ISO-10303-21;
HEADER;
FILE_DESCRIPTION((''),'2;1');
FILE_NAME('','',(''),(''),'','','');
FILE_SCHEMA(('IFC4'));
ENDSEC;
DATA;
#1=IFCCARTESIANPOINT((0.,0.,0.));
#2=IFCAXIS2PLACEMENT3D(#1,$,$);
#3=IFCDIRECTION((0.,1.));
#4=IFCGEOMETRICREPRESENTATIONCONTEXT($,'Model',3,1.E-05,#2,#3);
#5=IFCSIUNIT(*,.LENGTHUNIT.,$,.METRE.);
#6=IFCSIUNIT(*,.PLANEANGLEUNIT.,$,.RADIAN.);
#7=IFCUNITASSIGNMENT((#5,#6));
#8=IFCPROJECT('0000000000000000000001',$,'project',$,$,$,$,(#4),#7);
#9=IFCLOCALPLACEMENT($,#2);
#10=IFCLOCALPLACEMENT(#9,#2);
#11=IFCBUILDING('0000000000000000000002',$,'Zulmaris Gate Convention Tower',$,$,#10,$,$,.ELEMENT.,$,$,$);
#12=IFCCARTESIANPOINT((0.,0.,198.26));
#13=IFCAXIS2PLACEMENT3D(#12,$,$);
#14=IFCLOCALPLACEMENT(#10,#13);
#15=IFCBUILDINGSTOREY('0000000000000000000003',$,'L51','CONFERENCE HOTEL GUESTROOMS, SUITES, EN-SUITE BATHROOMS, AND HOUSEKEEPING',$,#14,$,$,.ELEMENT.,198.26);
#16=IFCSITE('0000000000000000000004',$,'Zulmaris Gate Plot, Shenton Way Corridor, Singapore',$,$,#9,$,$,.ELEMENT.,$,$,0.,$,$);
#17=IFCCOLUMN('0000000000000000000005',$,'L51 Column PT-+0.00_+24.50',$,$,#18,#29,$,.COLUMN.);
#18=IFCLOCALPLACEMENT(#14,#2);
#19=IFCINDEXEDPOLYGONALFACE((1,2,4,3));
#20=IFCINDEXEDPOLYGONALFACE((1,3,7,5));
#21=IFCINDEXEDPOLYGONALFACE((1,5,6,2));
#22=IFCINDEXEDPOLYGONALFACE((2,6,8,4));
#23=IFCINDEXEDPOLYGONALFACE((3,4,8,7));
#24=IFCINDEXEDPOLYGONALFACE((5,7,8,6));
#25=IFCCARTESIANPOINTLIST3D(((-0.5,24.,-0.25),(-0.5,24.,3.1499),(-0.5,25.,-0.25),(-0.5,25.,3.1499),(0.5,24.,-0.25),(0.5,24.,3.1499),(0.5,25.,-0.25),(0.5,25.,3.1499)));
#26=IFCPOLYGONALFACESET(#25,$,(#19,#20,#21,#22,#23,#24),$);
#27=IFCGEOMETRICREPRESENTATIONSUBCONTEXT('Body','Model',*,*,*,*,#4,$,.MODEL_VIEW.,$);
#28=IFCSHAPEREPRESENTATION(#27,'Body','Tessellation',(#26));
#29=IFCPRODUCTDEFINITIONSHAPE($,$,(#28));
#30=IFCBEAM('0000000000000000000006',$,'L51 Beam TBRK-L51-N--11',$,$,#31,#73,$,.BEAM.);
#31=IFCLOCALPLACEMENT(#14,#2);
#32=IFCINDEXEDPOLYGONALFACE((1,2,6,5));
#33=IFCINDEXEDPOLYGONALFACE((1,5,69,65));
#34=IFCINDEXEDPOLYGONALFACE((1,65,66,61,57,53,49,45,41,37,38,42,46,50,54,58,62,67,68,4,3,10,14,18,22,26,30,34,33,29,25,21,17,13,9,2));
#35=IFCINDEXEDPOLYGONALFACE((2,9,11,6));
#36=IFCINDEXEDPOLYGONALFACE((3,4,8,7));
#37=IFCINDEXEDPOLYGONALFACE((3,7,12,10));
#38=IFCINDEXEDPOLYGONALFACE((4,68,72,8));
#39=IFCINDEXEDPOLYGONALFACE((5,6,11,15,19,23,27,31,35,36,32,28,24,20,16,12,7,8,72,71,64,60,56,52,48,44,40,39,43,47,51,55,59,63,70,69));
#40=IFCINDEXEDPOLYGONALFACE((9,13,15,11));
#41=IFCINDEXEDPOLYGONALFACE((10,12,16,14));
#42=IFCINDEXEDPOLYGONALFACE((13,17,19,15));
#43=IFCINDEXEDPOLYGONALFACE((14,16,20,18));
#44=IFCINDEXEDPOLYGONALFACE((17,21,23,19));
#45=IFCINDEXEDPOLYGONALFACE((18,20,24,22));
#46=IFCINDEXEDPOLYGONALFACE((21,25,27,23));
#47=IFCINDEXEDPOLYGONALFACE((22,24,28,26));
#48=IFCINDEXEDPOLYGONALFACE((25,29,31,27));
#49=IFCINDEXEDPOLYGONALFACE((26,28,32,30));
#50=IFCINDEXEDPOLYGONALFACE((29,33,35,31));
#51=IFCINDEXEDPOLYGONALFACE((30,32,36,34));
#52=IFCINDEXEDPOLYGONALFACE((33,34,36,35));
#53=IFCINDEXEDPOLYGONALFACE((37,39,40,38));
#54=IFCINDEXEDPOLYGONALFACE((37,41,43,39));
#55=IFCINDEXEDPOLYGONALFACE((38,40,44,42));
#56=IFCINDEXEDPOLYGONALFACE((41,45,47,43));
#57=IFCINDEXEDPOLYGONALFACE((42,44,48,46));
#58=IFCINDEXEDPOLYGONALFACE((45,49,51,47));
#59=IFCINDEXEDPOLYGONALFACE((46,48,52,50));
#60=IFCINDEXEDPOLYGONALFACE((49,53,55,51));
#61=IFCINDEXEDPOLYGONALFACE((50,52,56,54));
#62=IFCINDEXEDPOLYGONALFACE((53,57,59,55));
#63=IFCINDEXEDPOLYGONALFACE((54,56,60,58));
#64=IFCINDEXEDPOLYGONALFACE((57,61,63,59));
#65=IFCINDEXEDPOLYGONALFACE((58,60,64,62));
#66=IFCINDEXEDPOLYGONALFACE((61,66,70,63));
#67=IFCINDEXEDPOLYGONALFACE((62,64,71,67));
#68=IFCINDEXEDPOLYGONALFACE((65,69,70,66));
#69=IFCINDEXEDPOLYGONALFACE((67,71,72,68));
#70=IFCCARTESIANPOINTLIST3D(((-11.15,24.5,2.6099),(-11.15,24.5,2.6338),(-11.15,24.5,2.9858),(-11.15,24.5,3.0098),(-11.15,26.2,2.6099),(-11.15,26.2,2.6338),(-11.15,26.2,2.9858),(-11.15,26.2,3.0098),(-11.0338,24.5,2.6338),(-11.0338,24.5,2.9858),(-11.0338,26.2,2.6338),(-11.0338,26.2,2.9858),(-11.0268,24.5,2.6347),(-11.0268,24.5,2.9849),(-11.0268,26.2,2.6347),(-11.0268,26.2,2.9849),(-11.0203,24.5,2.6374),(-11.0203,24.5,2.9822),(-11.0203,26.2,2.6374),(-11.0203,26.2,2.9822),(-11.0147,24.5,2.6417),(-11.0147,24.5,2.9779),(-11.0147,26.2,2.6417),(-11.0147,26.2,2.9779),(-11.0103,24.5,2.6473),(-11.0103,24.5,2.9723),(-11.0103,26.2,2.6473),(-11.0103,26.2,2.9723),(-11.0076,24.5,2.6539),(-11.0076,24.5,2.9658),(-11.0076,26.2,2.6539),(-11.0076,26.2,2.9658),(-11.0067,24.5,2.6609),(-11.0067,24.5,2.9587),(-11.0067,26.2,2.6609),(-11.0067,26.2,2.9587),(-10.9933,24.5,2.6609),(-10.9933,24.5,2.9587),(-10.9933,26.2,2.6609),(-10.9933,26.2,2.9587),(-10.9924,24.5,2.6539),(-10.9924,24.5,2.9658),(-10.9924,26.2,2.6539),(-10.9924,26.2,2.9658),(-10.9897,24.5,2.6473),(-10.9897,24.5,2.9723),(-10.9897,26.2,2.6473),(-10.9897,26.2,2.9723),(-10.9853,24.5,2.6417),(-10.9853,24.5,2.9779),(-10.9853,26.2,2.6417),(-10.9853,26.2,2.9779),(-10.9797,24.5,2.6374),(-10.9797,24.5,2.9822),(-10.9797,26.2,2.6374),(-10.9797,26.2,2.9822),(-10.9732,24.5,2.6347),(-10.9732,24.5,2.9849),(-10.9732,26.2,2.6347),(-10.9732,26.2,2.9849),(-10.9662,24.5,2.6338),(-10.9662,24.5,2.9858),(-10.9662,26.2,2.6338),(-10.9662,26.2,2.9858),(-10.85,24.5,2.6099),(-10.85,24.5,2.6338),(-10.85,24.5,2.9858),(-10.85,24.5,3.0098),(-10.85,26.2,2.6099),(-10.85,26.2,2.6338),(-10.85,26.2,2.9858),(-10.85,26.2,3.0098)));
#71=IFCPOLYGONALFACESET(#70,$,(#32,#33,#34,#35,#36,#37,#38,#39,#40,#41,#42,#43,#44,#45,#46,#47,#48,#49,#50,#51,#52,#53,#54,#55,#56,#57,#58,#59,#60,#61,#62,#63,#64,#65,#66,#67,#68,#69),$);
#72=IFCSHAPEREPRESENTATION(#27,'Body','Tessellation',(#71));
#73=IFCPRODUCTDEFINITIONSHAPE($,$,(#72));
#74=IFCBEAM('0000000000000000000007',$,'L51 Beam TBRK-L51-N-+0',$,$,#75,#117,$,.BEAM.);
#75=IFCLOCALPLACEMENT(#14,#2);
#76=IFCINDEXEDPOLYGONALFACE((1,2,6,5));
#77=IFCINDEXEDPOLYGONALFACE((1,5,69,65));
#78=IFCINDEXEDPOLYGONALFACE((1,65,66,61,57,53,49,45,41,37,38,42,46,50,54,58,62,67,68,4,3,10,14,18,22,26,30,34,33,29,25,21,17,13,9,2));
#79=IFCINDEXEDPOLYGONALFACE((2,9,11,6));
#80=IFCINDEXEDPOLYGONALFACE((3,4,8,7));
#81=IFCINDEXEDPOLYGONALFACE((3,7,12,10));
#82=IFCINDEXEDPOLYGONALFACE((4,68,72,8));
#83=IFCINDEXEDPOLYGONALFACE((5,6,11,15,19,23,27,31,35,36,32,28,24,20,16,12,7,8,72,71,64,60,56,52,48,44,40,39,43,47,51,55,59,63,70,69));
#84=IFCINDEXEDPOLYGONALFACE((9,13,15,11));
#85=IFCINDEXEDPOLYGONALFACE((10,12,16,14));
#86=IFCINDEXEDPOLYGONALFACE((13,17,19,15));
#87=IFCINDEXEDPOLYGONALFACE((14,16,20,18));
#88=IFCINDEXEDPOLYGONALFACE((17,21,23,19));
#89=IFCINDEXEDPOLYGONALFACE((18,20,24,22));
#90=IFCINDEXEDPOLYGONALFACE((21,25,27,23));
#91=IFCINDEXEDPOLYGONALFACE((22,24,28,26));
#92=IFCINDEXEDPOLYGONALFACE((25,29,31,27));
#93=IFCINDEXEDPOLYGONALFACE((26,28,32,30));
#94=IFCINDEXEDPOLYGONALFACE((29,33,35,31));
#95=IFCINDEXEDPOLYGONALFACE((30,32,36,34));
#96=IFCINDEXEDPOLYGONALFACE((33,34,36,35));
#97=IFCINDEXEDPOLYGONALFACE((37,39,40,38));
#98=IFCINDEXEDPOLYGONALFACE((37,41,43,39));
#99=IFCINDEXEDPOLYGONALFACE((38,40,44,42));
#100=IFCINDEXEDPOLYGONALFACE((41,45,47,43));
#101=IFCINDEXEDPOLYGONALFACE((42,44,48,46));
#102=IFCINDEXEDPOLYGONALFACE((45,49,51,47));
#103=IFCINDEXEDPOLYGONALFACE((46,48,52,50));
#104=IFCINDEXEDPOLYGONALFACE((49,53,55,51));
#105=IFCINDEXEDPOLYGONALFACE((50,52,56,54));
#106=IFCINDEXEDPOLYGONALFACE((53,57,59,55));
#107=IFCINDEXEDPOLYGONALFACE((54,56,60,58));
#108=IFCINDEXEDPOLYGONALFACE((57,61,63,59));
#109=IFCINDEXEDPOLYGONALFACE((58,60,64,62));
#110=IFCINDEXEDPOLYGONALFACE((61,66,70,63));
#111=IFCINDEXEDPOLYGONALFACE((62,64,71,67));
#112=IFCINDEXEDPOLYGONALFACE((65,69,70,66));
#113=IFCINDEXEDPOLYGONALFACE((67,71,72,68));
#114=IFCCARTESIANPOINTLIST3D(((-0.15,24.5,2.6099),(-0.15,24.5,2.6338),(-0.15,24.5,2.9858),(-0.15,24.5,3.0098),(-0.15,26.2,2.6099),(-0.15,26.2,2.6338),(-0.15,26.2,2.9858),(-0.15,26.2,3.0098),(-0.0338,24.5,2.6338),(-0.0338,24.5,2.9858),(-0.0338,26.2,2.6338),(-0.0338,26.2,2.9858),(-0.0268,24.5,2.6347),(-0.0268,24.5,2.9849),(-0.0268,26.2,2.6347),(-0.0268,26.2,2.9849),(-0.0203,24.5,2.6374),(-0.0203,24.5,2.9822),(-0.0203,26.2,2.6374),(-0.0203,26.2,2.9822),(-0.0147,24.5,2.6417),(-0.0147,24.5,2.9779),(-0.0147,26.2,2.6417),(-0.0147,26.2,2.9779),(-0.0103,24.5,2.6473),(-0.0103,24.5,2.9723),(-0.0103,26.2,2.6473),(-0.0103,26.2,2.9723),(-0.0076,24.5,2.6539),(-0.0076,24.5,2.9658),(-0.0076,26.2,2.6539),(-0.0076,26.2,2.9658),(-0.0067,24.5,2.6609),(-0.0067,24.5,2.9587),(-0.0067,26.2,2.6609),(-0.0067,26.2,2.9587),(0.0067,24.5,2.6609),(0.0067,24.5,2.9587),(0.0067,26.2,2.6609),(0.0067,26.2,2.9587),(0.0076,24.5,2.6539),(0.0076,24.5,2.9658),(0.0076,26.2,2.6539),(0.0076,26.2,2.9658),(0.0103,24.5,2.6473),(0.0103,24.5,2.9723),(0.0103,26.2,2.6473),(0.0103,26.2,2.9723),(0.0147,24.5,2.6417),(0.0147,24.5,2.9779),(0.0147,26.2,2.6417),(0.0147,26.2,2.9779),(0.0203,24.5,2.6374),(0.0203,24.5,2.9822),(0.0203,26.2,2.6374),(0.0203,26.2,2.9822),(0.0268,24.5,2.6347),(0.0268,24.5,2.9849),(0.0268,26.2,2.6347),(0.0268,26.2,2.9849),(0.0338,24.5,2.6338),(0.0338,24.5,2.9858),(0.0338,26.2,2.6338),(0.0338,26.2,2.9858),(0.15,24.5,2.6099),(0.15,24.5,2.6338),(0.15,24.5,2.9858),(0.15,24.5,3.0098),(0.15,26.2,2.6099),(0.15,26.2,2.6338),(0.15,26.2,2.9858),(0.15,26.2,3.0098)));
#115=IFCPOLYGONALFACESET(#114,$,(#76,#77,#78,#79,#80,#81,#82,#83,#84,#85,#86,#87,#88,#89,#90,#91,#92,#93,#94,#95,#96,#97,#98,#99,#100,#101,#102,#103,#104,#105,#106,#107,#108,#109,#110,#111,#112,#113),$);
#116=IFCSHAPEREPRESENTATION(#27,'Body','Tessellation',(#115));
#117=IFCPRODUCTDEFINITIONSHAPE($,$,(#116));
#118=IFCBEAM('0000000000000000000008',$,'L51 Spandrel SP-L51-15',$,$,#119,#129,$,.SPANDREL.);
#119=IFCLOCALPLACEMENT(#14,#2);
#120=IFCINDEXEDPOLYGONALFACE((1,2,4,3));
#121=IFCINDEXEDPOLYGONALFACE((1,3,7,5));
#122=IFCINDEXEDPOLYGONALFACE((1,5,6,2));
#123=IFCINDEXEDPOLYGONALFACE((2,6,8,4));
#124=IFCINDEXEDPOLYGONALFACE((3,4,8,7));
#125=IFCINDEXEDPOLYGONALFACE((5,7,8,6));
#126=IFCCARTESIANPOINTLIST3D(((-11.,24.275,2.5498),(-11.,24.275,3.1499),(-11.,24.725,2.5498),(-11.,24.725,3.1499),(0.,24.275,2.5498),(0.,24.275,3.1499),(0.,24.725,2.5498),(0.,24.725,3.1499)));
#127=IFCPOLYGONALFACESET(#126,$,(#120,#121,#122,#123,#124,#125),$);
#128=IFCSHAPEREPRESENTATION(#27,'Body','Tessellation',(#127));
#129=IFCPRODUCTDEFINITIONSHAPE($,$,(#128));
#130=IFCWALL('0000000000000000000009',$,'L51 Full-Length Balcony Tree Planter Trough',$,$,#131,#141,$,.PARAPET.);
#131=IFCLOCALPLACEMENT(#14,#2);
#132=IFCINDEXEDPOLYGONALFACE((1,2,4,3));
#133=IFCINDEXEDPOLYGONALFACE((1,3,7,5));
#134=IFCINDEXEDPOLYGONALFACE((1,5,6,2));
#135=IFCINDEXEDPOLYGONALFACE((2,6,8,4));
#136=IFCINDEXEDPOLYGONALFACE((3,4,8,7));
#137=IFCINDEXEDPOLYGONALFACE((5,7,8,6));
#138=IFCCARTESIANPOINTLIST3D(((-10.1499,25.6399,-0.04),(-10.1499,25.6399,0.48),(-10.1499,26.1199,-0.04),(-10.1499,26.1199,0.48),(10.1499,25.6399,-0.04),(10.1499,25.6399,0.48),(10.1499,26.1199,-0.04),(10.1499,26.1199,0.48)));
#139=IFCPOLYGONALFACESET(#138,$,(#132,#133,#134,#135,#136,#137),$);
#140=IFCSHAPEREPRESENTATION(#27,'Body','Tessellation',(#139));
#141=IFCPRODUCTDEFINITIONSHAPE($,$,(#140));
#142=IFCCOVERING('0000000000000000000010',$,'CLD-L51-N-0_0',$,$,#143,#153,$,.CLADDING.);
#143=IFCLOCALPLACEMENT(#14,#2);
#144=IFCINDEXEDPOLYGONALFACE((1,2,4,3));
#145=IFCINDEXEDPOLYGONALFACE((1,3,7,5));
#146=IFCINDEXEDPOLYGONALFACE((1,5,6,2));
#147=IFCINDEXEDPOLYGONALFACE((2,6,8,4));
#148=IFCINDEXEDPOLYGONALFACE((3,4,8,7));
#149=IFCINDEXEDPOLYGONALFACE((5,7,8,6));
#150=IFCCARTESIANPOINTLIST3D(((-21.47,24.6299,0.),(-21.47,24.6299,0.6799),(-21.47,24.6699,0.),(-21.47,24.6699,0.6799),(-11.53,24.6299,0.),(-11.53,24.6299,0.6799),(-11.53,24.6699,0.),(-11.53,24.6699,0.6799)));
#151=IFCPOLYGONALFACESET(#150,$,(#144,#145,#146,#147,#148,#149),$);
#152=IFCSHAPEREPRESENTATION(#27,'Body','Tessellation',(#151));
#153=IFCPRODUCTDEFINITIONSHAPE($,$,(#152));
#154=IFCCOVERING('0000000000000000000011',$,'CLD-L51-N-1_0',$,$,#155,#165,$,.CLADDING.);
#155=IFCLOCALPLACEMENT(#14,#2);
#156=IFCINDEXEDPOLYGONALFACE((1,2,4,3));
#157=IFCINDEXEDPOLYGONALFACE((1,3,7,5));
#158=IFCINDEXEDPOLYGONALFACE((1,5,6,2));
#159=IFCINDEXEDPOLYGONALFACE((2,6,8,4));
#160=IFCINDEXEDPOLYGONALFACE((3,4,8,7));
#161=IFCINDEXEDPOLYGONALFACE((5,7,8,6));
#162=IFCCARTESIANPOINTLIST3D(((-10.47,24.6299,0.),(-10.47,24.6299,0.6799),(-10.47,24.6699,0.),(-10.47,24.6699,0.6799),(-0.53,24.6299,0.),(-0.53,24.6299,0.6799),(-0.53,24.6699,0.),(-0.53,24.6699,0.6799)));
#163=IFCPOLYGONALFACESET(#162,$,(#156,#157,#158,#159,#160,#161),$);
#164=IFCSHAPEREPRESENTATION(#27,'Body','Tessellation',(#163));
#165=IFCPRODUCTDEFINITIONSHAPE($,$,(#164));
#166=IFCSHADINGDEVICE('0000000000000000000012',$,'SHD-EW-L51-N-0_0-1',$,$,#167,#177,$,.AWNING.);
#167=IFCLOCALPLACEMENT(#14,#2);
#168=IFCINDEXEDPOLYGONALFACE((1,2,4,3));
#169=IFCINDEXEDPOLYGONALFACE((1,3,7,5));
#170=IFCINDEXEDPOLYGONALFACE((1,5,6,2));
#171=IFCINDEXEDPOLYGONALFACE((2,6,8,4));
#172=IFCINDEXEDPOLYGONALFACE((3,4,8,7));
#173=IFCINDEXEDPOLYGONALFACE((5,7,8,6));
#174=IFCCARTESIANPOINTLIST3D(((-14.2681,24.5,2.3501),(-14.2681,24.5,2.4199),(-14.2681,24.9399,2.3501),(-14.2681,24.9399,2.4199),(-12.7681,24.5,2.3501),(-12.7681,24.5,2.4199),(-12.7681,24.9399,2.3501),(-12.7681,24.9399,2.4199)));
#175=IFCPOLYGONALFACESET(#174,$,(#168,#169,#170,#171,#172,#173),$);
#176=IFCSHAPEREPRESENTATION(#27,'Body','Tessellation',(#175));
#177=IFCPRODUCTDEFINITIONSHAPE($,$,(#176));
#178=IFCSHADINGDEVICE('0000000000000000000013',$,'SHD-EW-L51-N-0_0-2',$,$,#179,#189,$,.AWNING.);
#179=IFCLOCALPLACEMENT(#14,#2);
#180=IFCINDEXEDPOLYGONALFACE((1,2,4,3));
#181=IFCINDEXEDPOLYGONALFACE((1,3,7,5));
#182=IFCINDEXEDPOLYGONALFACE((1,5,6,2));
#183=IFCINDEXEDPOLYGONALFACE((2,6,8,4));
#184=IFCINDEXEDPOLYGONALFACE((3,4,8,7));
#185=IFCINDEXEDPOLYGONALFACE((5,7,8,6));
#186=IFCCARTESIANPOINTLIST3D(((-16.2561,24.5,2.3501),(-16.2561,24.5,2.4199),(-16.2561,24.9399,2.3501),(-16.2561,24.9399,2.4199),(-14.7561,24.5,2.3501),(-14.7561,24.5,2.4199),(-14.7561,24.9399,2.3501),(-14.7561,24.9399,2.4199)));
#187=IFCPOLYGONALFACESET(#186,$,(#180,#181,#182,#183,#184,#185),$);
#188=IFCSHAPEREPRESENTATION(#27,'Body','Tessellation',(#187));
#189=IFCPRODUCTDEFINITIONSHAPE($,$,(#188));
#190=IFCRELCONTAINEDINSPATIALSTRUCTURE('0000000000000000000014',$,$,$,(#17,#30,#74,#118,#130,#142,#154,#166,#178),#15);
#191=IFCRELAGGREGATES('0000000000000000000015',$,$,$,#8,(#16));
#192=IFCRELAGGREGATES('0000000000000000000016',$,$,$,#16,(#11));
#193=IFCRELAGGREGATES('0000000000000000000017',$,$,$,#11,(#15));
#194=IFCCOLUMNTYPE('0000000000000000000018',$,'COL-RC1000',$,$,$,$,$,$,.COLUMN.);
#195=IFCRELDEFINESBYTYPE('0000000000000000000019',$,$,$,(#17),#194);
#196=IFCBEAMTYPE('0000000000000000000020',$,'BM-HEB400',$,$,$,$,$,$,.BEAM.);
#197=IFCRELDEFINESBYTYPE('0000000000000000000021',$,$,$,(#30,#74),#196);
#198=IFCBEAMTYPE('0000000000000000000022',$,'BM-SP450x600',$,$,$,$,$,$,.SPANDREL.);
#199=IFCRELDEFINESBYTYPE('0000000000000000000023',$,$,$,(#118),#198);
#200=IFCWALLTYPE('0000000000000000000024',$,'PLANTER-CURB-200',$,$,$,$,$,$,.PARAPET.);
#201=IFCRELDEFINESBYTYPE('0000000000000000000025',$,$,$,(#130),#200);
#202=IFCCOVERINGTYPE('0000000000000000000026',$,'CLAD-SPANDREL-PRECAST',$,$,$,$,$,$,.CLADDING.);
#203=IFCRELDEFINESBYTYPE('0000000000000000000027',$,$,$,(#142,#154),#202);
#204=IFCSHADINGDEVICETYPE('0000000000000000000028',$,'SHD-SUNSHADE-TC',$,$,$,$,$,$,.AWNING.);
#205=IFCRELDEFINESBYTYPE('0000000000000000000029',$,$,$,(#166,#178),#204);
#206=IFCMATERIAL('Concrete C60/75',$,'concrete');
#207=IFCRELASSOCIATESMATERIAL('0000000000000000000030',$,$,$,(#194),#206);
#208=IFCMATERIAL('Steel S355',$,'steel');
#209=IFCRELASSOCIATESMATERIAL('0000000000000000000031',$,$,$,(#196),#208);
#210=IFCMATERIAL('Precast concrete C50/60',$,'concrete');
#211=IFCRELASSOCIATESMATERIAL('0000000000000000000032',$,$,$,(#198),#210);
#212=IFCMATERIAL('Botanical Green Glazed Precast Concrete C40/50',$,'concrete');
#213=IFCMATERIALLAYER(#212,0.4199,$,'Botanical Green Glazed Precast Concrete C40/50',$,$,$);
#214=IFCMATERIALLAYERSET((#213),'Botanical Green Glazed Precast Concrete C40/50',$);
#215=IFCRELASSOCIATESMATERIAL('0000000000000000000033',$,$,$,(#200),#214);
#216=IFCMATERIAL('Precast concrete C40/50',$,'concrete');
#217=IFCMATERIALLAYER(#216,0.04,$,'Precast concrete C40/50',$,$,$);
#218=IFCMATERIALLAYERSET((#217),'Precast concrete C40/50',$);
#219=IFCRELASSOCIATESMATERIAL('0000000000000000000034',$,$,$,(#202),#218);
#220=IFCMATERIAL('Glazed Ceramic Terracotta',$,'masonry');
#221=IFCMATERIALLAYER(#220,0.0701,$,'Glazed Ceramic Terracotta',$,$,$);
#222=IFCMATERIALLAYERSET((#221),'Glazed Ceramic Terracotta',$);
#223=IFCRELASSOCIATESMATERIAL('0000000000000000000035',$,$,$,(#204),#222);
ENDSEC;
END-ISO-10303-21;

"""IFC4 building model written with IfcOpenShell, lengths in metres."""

from ifc_helpers import new_model, si_unit, direction, frame, frame_2d, origin, origin_2d, place, context, subcontext, project, spatial, rectangle, i_section, extrude, material, layer, layer_set, material_profile, profile_set, type_object, element, save


model = new_model("IFC4")

# Units and contexts
model_context = context("Model", 3, precision=1e-05, world=origin(), true_north=direction((0.0, 1.0)))
body_context = subcontext(model_context, "Body", "Model", "MODEL_VIEW")
ifc_project = project(units=[si_unit("LENGTHUNIT", "METRE"), si_unit("PLANEANGLEUNIT", "RADIAN")], contexts=[model_context])

# Site, building, storey
site_placement = place(None, origin())
site = spatial("IfcSite", under=ifc_project, at=site_placement, Name="Zulmaris Gate Plot, Shenton Way Corridor, Singapore", CompositionType="ELEMENT", RefElevation=0.0)
building_placement = place(site_placement, origin())
building = spatial("IfcBuilding", under=site, at=building_placement, Name="Zulmaris Gate Convention Tower", CompositionType="ELEMENT")
storey_placement = place(building_placement, frame((0.0, 0.0, 198.26)))
storey = spatial("IfcBuildingStorey", under=building, at=storey_placement, Name="L51", Description="CONFERENCE HOTEL GUESTROOMS, SUITES, EN-SUITE BATHROOMS, AND HOUSEKEEPING", CompositionType="ELEMENT", Elevation=198.26)

# Column
ifc_material_1 = material(Name="Concrete C60/75", Category="concrete")
ifc_material_profile_1 = material_profile(ifc_material_1, rectangle(XDim=1.0, YDim=1.0, at=origin_2d()), Name="RC COL 1000x1000")
ifc_profile_set_1 = profile_set([ifc_material_profile_1], Name="Concrete C60/75")
column_type = type_object("IfcColumnType", Name="COL-RC1000", PredefinedType="COLUMN", material=ifc_profile_set_1)
column_placement = place(storey_placement, frame((0.0, 24.5, -0.25), z_axis=(0.0, 0.0, 1.0), x_axis=(1.0, 0.0, 0.0)))
element("IfcColumn", 1, at=column_placement, inside=storey, type_object=column_type, Name="L51 Column PT-+0.00_+24.50", PredefinedType="COLUMN", context=body_context, shape_type="SweptSolid", body=[
    extrude(rectangle(XDim=1.0, YDim=1.0, at=origin_2d()), origin(), (0.0, 0.0, 1.0), 3.3999),
])

# Beams
ifc_material_2 = material(Name="Steel S355", Category="steel")
ifc_material_profile_2 = material_profile(ifc_material_2, i_section(OverallWidth=0.3, OverallDepth=0.3999, WebThickness=0.0134, FlangeThickness=0.0239, FilletRadius=0.0271, at=origin_2d()), Name="HEB 400")
ifc_profile_set_2 = profile_set([ifc_material_profile_2], Name="Steel S355")
beam_type_1 = type_object("IfcBeamType", Name="BM-HEB400", PredefinedType="BEAM", material=ifc_profile_set_2)
for number, where, z_axis, x_axis, name in (
    (2, (-11.0, 24.5, 2.8098), (0.0, 1.0, 0.0), (-1.0, 0.0, 0.0), "L51 Beam TBRK-L51-N--11"),
    (3, (0.0, 24.5, 2.8098), (0.0, 1.0, 0.0), (-1.0, 0.0, 0.0), "L51 Beam TBRK-L51-N-+0"),
):
    element("IfcBeam", number, at=place(storey_placement, frame(where, z_axis=z_axis, x_axis=x_axis)), inside=storey, type_object=beam_type_1, Name=name, PredefinedType="BEAM", context=body_context, shape_type="SweptSolid", body=[
        extrude(i_section(OverallWidth=0.3, OverallDepth=0.3999, WebThickness=0.0134, FlangeThickness=0.0239, FilletRadius=0.0271, at=origin_2d()), origin(), (0.0, 0.0, 1.0), 1.7),
    ])
ifc_material_3 = material(Name="Precast concrete C50/60", Category="concrete")
ifc_material_profile_3 = material_profile(ifc_material_3, rectangle(XDim=0.45, YDim=0.6001, at=origin_2d()), Name="RC SPANDREL 450x600")
ifc_profile_set_3 = profile_set([ifc_material_profile_3], Name="Precast concrete C50/60")
beam_type_2 = type_object("IfcBeamType", Name="BM-SP450x600", PredefinedType="SPANDREL", material=ifc_profile_set_3)
beam_placement = place(storey_placement, frame((0.0, 24.5, 2.8499), z_axis=(-1.0, 0.0, 0.0), x_axis=(0.0, -1.0, 0.0)))
element("IfcBeam", 4, at=beam_placement, inside=storey, type_object=beam_type_2, Name="L51 Spandrel SP-L51-15", PredefinedType="SPANDREL", context=body_context, shape_type="SweptSolid", body=[
    extrude(rectangle(XDim=0.45, YDim=0.6001, at=origin_2d()), origin(), (0.0, 0.0, 1.0), 11.0),
])

# Wall
ifc_material_4 = material(Name="Botanical Green Glazed Precast Concrete C40/50", Category="concrete")
ifc_layer_1 = layer(ifc_material_4, 0.4199, Name="Botanical Green Glazed Precast Concrete C40/50")
ifc_layer_set_1 = layer_set([ifc_layer_1], Name="Botanical Green Glazed Precast Concrete C40/50")
wall_type_1 = type_object("IfcWallType", Name="PLANTER-CURB-200", PredefinedType="PARAPET", material=ifc_layer_set_1)
wall_1_placement = place(storey_placement, frame((-10.1499, 25.8799, -0.04), z_axis=(0.0, 0.0, 1.0), x_axis=(1.0, 0.0, 0.0)))
element("IfcWall", 5, at=wall_1_placement, inside=storey, type_object=wall_type_1, Name="L51 Full-Length Balcony Tree Planter Trough", PredefinedType="PARAPET", context=body_context, shape_type="SweptSolid", body=[
    extrude(rectangle(XDim=20.2998, YDim=0.48, at=frame_2d((10.1499, 0.0))), origin(), (0.0, 0.0, 1.0), 0.52),
])

# Shared definitions
ifc_material_5 = material(Name="Precast concrete C40/50", Category="concrete")

# Coverings
ifc_layer_2 = layer(ifc_material_5, 0.04, Name="Precast concrete C40/50")
ifc_layer_set_2 = layer_set([ifc_layer_2], Name="Precast concrete C40/50")
covering_type = type_object("IfcCoveringType", Name="CLAD-SPANDREL-PRECAST", PredefinedType="CLADDING", material=ifc_layer_set_2)
for number, where, z_axis, x_axis, name in (
    (6, (-11.53, 24.6499, 0.0), (0.0, 0.0, 1.0), (-1.0, 0.0, 0.0), "CLD-L51-N-0_0"),
    (7, (-0.53, 24.6499, 0.0), (0.0, 0.0, 1.0), (-1.0, 0.0, 0.0), "CLD-L51-N-1_0"),
):
    element("IfcCovering", number, at=place(storey_placement, frame(where, z_axis=z_axis, x_axis=x_axis)), inside=storey, type_object=covering_type, Name=name, PredefinedType="CLADDING", context=body_context, shape_type="SweptSolid", body=[
        extrude(rectangle(XDim=9.9399, YDim=0.04, at=frame_2d((4.97, 0.0))), origin(), (0.0, 0.0, 1.0), 0.6799),
    ])

# Shading devices
ifc_material_6 = material(Name="Glazed Ceramic Terracotta", Category="masonry")
ifc_layer_3 = layer(ifc_material_6, 0.0701, Name="Glazed Ceramic Terracotta")
ifc_layer_set_3 = layer_set([ifc_layer_3], Name="Glazed Ceramic Terracotta")
shading_device_type = type_object("IfcShadingDeviceType", Name="SHD-SUNSHADE-TC", PredefinedType="AWNING", material=ifc_layer_set_3)
for number, where, z_axis, x_axis, name in (
    (8, (-12.7681, 24.72, 2.3501), (0.0, 0.0, 1.0), (-1.0, 0.0, 0.0), "SHD-EW-L51-N-0_0-1"),
    (9, (-14.7561, 24.72, 2.3501), (0.0, 0.0, 1.0), (-1.0, 0.0, 0.0), "SHD-EW-L51-N-0_0-2"),
):
    element("IfcShadingDevice", number, at=place(storey_placement, frame(where, z_axis=z_axis, x_axis=x_axis)), inside=storey, type_object=shading_device_type, Name=name, PredefinedType="AWNING", context=body_context, shape_type="SweptSolid", body=[
        extrude(rectangle(XDim=1.5, YDim=0.4399, at=frame_2d((0.75, 0.0))), origin(), (0.0, 0.0, 1.0), 0.0698),
    ])

save(model, "model.ifc")
